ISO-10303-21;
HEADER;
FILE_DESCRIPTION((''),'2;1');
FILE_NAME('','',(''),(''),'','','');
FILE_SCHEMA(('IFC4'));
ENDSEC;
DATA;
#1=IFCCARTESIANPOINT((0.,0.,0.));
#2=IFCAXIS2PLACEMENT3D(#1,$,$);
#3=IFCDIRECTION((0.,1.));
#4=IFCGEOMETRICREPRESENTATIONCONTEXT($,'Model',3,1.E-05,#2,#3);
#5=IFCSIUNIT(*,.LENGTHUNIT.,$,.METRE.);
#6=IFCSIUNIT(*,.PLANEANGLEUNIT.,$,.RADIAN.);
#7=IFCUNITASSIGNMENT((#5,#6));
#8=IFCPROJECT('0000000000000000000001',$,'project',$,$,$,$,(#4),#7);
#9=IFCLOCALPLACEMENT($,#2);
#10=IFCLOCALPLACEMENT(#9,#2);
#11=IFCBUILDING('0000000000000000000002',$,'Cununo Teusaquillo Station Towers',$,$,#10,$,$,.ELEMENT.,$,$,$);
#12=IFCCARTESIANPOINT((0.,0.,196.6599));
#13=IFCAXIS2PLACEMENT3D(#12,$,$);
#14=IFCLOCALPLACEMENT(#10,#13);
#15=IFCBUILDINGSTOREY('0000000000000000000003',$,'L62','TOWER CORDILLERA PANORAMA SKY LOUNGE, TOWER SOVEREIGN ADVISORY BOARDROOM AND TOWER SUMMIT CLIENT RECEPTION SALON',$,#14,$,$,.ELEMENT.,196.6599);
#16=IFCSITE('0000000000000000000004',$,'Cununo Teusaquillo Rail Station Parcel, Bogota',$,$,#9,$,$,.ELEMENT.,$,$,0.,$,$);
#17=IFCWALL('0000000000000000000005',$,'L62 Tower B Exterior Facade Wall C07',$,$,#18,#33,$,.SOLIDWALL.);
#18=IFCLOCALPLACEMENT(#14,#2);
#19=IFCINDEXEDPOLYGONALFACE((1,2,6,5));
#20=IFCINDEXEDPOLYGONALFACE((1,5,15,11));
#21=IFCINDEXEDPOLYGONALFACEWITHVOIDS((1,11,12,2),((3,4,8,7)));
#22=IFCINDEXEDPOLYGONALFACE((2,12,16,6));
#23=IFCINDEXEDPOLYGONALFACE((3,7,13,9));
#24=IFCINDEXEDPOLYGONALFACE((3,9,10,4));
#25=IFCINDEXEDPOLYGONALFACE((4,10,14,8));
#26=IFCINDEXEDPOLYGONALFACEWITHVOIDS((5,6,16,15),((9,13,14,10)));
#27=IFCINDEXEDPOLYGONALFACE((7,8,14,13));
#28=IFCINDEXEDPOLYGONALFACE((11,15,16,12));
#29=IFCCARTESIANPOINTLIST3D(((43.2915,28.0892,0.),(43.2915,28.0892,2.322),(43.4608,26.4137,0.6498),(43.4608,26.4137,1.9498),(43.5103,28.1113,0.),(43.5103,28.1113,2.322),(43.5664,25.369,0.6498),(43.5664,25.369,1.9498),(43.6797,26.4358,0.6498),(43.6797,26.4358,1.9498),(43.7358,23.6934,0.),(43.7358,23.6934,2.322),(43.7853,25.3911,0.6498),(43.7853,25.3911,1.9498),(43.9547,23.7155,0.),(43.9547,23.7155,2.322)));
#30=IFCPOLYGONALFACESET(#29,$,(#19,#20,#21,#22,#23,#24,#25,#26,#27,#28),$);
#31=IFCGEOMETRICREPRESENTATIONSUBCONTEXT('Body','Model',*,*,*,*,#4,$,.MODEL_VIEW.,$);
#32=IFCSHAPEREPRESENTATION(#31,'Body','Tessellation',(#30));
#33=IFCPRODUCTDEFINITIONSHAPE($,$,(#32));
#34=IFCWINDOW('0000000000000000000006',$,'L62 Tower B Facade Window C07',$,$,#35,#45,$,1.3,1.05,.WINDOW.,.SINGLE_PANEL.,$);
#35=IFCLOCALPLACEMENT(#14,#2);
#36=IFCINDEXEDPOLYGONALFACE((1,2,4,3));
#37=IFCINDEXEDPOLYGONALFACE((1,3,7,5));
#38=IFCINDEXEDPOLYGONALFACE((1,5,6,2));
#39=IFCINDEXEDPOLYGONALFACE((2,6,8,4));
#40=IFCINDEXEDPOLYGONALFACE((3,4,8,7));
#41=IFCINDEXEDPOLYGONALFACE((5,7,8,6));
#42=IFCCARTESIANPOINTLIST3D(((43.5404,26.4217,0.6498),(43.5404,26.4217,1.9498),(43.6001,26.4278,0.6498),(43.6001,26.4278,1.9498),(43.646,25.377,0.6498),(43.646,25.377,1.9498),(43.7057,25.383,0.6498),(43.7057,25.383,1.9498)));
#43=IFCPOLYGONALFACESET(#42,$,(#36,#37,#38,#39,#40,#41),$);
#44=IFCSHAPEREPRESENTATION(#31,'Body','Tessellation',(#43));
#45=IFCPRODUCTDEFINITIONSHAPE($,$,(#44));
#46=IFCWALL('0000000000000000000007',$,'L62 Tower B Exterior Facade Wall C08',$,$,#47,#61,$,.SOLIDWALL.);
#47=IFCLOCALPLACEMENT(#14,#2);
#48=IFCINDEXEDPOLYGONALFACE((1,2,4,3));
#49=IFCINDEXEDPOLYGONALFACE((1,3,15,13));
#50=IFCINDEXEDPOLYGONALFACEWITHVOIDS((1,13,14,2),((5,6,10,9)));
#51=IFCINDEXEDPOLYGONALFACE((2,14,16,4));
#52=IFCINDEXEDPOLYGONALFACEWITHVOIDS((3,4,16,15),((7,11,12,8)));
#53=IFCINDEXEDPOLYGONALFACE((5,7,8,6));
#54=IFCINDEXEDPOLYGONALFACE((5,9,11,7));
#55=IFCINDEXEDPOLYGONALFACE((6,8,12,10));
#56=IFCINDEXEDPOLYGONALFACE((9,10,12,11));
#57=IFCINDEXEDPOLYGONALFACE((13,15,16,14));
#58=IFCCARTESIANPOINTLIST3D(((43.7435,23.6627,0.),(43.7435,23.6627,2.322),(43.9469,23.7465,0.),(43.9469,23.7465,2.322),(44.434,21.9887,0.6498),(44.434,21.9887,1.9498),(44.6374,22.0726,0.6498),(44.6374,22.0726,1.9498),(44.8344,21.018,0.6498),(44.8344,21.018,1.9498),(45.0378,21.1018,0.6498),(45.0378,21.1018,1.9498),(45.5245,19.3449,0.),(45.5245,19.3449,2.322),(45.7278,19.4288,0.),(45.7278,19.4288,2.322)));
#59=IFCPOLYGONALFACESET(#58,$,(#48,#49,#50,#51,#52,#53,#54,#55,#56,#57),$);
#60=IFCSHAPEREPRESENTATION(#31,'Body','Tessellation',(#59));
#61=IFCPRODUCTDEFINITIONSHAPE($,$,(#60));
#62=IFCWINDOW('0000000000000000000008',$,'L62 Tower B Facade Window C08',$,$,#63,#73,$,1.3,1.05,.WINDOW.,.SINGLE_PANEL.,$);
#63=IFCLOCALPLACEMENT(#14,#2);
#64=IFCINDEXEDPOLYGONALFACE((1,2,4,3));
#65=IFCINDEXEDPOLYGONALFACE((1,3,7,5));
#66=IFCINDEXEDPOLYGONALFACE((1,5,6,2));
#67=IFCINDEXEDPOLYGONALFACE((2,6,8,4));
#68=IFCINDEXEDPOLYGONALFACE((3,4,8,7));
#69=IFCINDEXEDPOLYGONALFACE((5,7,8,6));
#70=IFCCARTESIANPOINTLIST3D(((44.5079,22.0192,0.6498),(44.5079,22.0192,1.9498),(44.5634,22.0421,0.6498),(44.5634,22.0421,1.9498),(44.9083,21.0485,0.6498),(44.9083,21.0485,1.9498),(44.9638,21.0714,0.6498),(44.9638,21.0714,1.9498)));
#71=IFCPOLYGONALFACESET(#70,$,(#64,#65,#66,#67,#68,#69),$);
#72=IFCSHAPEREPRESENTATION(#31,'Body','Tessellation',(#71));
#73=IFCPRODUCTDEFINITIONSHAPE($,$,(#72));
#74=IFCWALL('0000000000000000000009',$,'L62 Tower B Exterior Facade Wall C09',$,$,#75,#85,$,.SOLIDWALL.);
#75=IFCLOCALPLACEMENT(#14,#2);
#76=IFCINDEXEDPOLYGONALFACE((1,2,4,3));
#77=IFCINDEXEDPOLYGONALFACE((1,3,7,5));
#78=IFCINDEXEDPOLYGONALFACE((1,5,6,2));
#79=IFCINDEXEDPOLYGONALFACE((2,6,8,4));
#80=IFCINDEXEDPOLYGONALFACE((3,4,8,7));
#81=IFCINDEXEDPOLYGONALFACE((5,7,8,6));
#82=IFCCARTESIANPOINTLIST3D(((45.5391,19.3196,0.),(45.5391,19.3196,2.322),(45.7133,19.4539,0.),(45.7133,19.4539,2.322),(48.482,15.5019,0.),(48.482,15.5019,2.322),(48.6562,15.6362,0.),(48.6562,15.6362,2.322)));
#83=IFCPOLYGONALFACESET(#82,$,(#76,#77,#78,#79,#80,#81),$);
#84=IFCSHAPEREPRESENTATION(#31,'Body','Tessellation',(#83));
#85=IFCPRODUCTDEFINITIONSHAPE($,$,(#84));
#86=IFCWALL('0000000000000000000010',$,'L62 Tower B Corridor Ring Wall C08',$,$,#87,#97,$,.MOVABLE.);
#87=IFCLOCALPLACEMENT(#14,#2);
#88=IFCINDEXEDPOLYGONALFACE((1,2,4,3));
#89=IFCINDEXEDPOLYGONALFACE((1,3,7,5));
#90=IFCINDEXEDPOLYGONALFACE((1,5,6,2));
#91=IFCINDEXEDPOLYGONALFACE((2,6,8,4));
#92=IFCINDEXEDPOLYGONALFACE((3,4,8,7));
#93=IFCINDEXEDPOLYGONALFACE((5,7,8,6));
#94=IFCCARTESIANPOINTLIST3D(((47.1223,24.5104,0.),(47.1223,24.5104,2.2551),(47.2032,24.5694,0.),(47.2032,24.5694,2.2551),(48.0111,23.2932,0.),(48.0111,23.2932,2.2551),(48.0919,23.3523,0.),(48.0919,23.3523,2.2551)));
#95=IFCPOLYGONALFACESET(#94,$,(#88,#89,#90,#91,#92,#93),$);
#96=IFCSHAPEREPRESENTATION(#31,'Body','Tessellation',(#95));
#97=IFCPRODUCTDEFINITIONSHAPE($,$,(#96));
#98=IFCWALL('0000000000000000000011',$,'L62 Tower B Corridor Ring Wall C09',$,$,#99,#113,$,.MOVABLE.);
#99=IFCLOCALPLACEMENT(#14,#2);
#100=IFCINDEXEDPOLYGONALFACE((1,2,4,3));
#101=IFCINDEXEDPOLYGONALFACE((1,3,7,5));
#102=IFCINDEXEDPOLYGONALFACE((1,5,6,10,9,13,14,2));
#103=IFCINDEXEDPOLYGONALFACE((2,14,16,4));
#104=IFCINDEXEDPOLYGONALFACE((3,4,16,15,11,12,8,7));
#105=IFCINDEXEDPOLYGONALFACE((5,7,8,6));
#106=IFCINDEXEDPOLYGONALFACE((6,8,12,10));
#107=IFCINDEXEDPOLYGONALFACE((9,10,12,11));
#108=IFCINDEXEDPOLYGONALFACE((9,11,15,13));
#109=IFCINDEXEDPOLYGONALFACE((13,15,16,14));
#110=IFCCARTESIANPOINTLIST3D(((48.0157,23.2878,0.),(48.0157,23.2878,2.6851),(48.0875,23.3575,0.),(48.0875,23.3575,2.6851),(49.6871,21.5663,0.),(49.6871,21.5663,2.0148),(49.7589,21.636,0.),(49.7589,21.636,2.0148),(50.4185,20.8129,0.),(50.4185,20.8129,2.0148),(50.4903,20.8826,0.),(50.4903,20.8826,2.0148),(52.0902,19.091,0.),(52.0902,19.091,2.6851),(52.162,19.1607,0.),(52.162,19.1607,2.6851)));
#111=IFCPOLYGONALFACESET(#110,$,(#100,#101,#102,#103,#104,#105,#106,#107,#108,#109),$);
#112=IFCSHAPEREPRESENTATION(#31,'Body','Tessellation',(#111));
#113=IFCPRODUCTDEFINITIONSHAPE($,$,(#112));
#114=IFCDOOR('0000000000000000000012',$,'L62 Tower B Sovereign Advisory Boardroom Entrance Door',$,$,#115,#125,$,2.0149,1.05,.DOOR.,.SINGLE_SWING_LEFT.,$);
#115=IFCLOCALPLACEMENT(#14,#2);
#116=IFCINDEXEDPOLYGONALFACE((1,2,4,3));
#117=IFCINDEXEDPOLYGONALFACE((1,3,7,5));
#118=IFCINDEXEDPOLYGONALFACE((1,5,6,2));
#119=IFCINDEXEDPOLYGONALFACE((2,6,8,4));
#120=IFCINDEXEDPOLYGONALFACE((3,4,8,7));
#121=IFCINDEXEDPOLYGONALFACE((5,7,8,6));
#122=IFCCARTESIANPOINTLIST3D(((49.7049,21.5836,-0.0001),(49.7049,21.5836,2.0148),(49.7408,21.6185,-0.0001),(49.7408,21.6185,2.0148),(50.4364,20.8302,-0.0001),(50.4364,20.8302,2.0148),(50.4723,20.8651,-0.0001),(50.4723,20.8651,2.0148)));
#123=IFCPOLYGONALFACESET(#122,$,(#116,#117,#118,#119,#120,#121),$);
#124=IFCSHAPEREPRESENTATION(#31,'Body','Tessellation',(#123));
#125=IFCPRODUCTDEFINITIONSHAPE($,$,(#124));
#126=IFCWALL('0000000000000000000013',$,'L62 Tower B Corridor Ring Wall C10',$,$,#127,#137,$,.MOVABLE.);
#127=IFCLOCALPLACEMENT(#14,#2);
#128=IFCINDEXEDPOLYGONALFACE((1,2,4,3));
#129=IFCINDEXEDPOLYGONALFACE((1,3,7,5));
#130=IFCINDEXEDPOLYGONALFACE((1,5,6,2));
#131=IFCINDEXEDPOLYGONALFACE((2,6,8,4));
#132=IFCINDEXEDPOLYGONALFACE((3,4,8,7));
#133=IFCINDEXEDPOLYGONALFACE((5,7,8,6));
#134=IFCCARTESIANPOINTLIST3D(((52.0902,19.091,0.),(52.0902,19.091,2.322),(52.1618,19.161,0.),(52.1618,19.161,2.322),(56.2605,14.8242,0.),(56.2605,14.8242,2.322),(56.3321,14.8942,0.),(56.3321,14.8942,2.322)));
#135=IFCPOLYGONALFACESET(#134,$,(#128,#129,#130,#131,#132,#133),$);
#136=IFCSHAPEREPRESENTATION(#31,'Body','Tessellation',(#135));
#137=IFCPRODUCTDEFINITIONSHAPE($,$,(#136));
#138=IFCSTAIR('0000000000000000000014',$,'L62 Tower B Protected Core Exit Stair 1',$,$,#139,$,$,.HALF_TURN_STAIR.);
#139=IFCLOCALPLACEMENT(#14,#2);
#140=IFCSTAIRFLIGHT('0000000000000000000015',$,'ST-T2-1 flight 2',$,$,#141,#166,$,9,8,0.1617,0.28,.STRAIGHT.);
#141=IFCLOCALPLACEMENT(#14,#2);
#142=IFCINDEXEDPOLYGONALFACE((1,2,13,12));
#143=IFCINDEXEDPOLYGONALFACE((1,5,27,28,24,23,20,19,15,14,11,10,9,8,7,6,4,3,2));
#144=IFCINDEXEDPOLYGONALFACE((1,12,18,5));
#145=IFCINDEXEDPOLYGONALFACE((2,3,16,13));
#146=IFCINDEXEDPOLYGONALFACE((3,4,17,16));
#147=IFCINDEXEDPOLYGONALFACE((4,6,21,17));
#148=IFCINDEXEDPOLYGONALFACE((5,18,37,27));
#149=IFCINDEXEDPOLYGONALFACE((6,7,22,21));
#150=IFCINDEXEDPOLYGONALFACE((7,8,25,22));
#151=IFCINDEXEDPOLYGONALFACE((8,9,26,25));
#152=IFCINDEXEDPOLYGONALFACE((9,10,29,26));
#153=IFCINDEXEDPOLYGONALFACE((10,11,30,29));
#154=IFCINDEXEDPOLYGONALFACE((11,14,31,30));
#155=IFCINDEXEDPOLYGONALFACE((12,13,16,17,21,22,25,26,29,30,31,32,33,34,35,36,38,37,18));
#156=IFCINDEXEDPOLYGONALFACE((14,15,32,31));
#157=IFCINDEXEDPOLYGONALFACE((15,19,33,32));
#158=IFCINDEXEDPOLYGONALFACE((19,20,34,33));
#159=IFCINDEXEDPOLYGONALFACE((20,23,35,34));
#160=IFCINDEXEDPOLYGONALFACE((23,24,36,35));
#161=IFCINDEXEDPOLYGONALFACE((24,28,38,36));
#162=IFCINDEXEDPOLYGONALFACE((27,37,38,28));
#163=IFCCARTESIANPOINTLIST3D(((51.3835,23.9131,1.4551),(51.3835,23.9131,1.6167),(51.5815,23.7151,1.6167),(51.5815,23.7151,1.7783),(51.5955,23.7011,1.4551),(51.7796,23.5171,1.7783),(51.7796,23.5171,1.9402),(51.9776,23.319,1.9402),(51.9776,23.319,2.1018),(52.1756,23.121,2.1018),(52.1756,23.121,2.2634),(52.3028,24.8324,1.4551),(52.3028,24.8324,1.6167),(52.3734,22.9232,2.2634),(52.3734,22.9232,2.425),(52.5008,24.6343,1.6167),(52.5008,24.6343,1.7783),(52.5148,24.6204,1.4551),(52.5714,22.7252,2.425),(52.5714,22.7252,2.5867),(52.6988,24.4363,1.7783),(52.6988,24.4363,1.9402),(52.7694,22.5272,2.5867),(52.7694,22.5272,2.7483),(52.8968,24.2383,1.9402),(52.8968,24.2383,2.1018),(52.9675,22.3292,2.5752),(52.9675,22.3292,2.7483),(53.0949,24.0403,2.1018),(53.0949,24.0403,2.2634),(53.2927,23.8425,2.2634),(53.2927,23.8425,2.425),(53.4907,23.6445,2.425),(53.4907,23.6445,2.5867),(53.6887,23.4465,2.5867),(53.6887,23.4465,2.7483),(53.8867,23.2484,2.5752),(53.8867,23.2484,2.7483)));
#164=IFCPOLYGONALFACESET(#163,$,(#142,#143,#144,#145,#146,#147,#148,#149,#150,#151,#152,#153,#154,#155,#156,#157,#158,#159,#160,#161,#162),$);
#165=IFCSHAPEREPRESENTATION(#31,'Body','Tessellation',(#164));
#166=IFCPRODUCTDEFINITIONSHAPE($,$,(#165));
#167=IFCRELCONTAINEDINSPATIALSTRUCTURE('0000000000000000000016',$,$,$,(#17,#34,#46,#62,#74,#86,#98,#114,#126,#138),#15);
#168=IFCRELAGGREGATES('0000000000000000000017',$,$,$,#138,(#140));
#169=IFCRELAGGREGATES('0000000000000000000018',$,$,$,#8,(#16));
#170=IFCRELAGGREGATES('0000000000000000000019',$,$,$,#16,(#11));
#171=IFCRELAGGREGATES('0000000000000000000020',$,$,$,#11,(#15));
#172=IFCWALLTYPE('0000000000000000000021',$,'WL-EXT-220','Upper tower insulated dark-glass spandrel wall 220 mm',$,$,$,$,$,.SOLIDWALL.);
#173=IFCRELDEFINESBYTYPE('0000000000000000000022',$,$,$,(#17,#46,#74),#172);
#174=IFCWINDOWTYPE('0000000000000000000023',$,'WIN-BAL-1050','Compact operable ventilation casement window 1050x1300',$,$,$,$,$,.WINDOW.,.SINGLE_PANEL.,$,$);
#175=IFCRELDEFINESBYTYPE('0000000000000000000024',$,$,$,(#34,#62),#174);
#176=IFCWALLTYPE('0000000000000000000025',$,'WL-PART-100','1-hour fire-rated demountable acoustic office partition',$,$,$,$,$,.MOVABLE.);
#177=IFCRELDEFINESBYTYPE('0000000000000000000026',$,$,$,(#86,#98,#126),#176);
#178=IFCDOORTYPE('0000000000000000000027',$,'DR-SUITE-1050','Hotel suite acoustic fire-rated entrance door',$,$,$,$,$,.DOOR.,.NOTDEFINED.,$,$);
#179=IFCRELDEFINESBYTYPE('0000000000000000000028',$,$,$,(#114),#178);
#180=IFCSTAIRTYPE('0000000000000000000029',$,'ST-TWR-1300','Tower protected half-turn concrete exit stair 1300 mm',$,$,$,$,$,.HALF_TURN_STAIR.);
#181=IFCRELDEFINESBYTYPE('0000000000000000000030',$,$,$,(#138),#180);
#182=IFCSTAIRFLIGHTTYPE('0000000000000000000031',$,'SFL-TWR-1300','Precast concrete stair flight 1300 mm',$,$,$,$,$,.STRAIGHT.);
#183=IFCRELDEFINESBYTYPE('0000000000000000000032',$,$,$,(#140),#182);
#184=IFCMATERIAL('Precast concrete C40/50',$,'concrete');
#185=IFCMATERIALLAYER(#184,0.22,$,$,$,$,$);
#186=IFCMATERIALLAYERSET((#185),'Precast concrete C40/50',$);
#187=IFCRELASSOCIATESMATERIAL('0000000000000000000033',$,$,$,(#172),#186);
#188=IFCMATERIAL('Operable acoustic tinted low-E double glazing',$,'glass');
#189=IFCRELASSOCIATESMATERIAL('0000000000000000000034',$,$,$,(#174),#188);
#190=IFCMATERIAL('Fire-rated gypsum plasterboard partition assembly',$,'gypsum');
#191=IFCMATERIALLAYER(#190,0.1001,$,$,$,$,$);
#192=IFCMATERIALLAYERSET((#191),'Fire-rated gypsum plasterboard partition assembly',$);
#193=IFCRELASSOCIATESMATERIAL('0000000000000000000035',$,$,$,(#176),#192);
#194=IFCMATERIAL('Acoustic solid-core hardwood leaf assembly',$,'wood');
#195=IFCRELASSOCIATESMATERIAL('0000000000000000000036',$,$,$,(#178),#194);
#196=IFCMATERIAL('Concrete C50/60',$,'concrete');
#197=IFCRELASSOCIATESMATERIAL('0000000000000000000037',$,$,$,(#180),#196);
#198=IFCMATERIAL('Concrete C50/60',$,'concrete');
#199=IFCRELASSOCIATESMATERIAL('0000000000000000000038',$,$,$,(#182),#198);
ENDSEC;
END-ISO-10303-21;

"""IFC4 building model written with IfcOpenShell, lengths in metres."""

from ifc_helpers import new_model, si_unit, direction, frame, frame_2d, origin, place, context, subcontext, project, spatial, polyline, rectangle, outline, extrude, source, transform, mapped, material, layer, layer_set, type_object, element, fill, aggregate, save


model = new_model("IFC4")

# Units and contexts
model_context = context("Model", 3, precision=1e-05, world=origin(), true_north=direction((0.0, 1.0)))
body_context = subcontext(model_context, "Body", "Model", "MODEL_VIEW")
ifc_project = project(units=[si_unit("LENGTHUNIT", "METRE"), si_unit("PLANEANGLEUNIT", "RADIAN")], contexts=[model_context])

# Site, building, storey
site_placement = place(None, origin())
site = spatial("IfcSite", under=ifc_project, at=site_placement, Name="Cununo Teusaquillo Rail Station Parcel, Bogota", CompositionType="ELEMENT", RefElevation=0.0)
building_placement = place(site_placement, origin())
building = spatial("IfcBuilding", under=site, at=building_placement, Name="Cununo Teusaquillo Station Towers", CompositionType="ELEMENT")
storey_placement = place(building_placement, frame((0.0, 0.0, 196.6599)))
storey = spatial("IfcBuildingStorey", under=building, at=storey_placement, Name="L62", Description="TOWER CORDILLERA PANORAMA SKY LOUNGE, TOWER SOVEREIGN ADVISORY BOARDROOM AND TOWER SUMMIT CLIENT RECEPTION SALON", CompositionType="ELEMENT", Elevation=196.6599)

# Shared definitions
ifc_material_1 = material(Name="Precast concrete C40/50", Category="concrete")
ifc_layer_1 = layer(ifc_material_1, 0.22)
ifc_layer_set_1 = layer_set([ifc_layer_1], Name="Precast concrete C40/50")
wall_type_1 = type_object("IfcWallType", Name="WL-EXT-220", Description="Upper tower insulated dark-glass spandrel wall 220 mm", PredefinedType="SOLIDWALL", material=ifc_layer_set_1)

# Walls, openings, windows
shared_shape_1 = source(origin(), body_context, "Body", "SweptSolid", [
    extrude(rectangle(XDim=1.05, YDim=1.3, at=frame_2d((0.5249, 0.6499))), frame((0.0, 0.1199, 0.0), z_axis=(0.0, -1.0, 0.0), x_axis=(1.0, 0.0, 0.0)), (0.0, 0.0, 1.0), 0.24),
])
ifc_material_2 = material(Name="Operable acoustic tinted low-E double glazing", Category="glass")
window_type = type_object("IfcWindowType", Name="WIN-BAL-1050", Description="Compact operable ventilation casement window 1050x1300", PartitioningType="SINGLE_PANEL", PredefinedType="WINDOW", material=ifc_material_2)
shared_shape_2 = source(origin(), body_context, "Body", "SweptSolid", [
    extrude(rectangle(XDim=1.05, YDim=1.3, at=frame_2d((0.5249, 0.6499))), frame((0.0, 0.03, 0.0), z_axis=(0.0, -1.0, 0.0), x_axis=(1.0, 0.0, 0.0)), (0.0, 0.0, 1.0), 0.0601),
])
wall_1_placement = place(storey_placement, frame((43.8452, 23.7046, 0.0), z_axis=(0.0, 0.0, 1.0), x_axis=(-0.100571, 0.99493, 0.0)))
wall_1 = element("IfcWall", 1, at=wall_1_placement, inside=storey, type_object=wall_type_1, Name="L62 Tower B Exterior Facade Wall C07", PredefinedType="SOLIDWALL", context=body_context, shape_type="SweptSolid", body=[
    extrude(rectangle(XDim=4.4182, YDim=0.22, at=frame_2d((2.209, 0.0))), origin(), (0.0, 0.0, 1.0), 2.322),
])
opening_1_placement = place(wall_1_placement, frame((1.6841, 0.0, 0.6499)))
opening_1 = element("IfcOpeningElement", 2, at=opening_1_placement, cuts=wall_1, PredefinedType="OPENING", context=body_context, shape_type="MappedRepresentation", body=[
    mapped(shared_shape_1, transform((0.0, 0.0, 0.0), x_axis=(1.0, 0.0, 0.0), y_axis=(0.0, 1.0, 0.0), z_axis=(0.0, 0.0, 1.0), scale=1.0)),
])
window_1_placement = place(opening_1_placement, origin())
window_1 = element("IfcWindow", 3, at=window_1_placement, inside=storey, type_object=window_type, Name="L62 Tower B Facade Window C07", OverallHeight=1.3, OverallWidth=1.05, PartitioningType="SINGLE_PANEL", PredefinedType="WINDOW", context=body_context, shape_type="MappedRepresentation", body=[
    mapped(shared_shape_2, transform((0.0, 0.0, 0.0), x_axis=(1.0, 0.0, 0.0), y_axis=(0.0, 1.0, 0.0), z_axis=(0.0, 0.0, 1.0), scale=1.0)),
])
fill(opening_1, window_1)
wall_2_placement = place(storey_placement, frame((45.6262, 19.3867, 0.0), z_axis=(0.0, 0.0, 1.0), x_axis=(-0.38131, 0.924447, 0.0)))
wall_2 = element("IfcWall", 4, at=wall_2_placement, inside=storey, type_object=wall_type_1, Name="L62 Tower B Exterior Facade Wall C08", PredefinedType="SOLIDWALL", context=body_context, shape_type="SweptSolid", body=[
    extrude(rectangle(XDim=4.6707, YDim=0.22, at=frame_2d((2.3354, 0.0))), origin(), (0.0, 0.0, 1.0), 2.322),
])
opening_2_placement = place(wall_2_placement, frame((1.8101, 0.0, 0.6499)))
opening_2 = element("IfcOpeningElement", 5, at=opening_2_placement, cuts=wall_2, PredefinedType="OPENING", context=body_context, shape_type="MappedRepresentation", body=[
    mapped(shared_shape_1, transform((0.0, 0.0, 0.0), x_axis=(1.0, 0.0, 0.0), y_axis=(0.0, 1.0, 0.0), z_axis=(0.0, 0.0, 1.0), scale=1.0)),
])
window_2_placement = place(opening_2_placement, origin())
window_2 = element("IfcWindow", 6, at=window_2_placement, inside=storey, type_object=window_type, Name="L62 Tower B Facade Window C08", OverallHeight=1.3, OverallWidth=1.05, PartitioningType="SINGLE_PANEL", PredefinedType="WINDOW", context=body_context, shape_type="MappedRepresentation", body=[
    mapped(shared_shape_2, transform((0.0, 0.0, 0.0), x_axis=(1.0, 0.0, 0.0), y_axis=(0.0, 1.0, 0.0), z_axis=(0.0, 0.0, 1.0), scale=1.0)),
])
fill(opening_2, window_2)

# Walls
wall_3_placement = place(storey_placement, frame((48.5691, 15.5691, 0.0), z_axis=(0.0, 0.0, 1.0), x_axis=(-0.610523, 0.791998, 0.0)))
element("IfcWall", 7, at=wall_3_placement, inside=storey, type_object=wall_type_1, Name="L62 Tower B Exterior Facade Wall C09", PredefinedType="SOLIDWALL", context=body_context, shape_type="SweptSolid", body=[
    extrude(rectangle(XDim=4.8203, YDim=0.22, at=frame_2d((2.4102, 0.0))), origin(), (0.0, 0.0, 1.0), 2.322),
])
ifc_material_3 = material(Name="Fire-rated gypsum plasterboard partition assembly", Category="gypsum")
ifc_layer_2 = layer(ifc_material_3, 0.1001)
ifc_layer_set_2 = layer_set([ifc_layer_2], Name="Fire-rated gypsum plasterboard partition assembly")
wall_type_2 = type_object("IfcWallType", Name="WL-PART-100", Description="1-hour fire-rated demountable acoustic office partition", PredefinedType="MOVABLE", material=ifc_layer_set_2)
wall_4_placement = place(storey_placement, frame((47.1628, 24.5398, 0.0), z_axis=(0.0, 0.0, 1.0), x_axis=(0.589712, -0.807614, 0.0)))
element("IfcWall", 8, at=wall_4_placement, inside=storey, type_object=wall_type_2, Name="L62 Tower B Corridor Ring Wall C08", PredefinedType="MOVABLE", context=body_context, shape_type="SweptSolid", body=[
    extrude(rectangle(XDim=1.5071, YDim=0.1001, at=frame_2d((0.7534, 0.0))), origin(), (0.0, 0.0, 1.0), 2.2551),
])

# Wall, opening, door
wall_5_placement = place(storey_placement, frame((48.0515, 23.3228, 0.0), z_axis=(0.0, 0.0, 1.0), x_axis=(0.696574, -0.717485, 0.0)))
wall_5 = element("IfcWall", 9, at=wall_5_placement, inside=storey, type_object=wall_type_2, Name="L62 Tower B Corridor Ring Wall C09", PredefinedType="MOVABLE", context=body_context, shape_type="SweptSolid", body=[
    extrude(rectangle(XDim=5.8494, YDim=0.1001, at=frame_2d((2.9248, 0.0))), origin(), (0.0, 0.0, 1.0), 2.6851),
])
shared_shape_3 = source(origin(), body_context, "Body", "SweptSolid", [
    extrude(rectangle(XDim=1.05, YDim=2.0149, at=frame_2d((0.5249, 1.0073))), frame((0.0, 0.0601, 0.0), z_axis=(0.0, -1.0, 0.0), x_axis=(1.0, 0.0, 0.0)), (0.0, 0.0, 1.0), 0.1201),
])
opening_3_placement = place(wall_5_placement, frame((2.3997, 0.0, 0.0)))
opening_3 = element("IfcOpeningElement", 10, at=opening_3_placement, cuts=wall_5, PredefinedType="OPENING", context=body_context, shape_type="MappedRepresentation", body=[
    mapped(shared_shape_3, transform((0.0, 0.0, 0.0), x_axis=(1.0, 0.0, 0.0), y_axis=(0.0, 1.0, 0.0), z_axis=(0.0, 0.0, 1.0), scale=1.0)),
])
ifc_material_4 = material(Name="Acoustic solid-core hardwood leaf assembly", Category="wood")
door_type_1 = type_object("IfcDoorType", Name="DR-SUITE-1050", Description="Hotel suite acoustic fire-rated entrance door", OperationType="NOTDEFINED", PredefinedType="DOOR", material=ifc_material_4)
shared_shape_4 = source(origin(), body_context, "Body", "SweptSolid", [
    extrude(rectangle(XDim=1.05, YDim=2.0149, at=frame_2d((0.5249, 1.0073))), frame((0.0, 0.0249, 0.0), z_axis=(0.0, -1.0, 0.0), x_axis=(1.0, 0.0, 0.0)), (0.0, 0.0, 1.0), 0.05),
])
door_1_placement = place(opening_3_placement, origin())
door_1 = element("IfcDoor", 11, at=door_1_placement, inside=storey, type_object=door_type_1, Name="L62 Tower B Sovereign Advisory Boardroom Entrance Door", OperationType="SINGLE_SWING_LEFT", OverallHeight=2.0149, OverallWidth=1.05, PredefinedType="DOOR", context=body_context, shape_type="MappedRepresentation", body=[
    mapped(shared_shape_4, transform((0.0, 0.0, 0.0), x_axis=(1.0, 0.0, 0.0), y_axis=(0.0, 1.0, 0.0), z_axis=(0.0, 0.0, 1.0), scale=1.0)),
])
fill(opening_3, door_1)

# Wall
wall_6_placement = place(storey_placement, frame((52.126, 19.126, 0.0), z_axis=(0.0, 0.0, 1.0), x_axis=(0.698979, -0.715142, 0.0)))
element("IfcWall", 12, at=wall_6_placement, inside=storey, type_object=wall_type_2, Name="L62 Tower B Corridor Ring Wall C10", PredefinedType="MOVABLE", context=body_context, shape_type="SweptSolid", body=[
    extrude(rectangle(XDim=5.9663, YDim=0.1001, at=frame_2d((2.9832, 0.0))), origin(), (0.0, 0.0, 1.0), 2.322),
])

# Stair, stair flight
ifc_material_5 = material(Name="Concrete C50/60", Category="concrete")
stair_type = type_object("IfcStairType", Name="ST-TWR-1300", Description="Tower protected half-turn concrete exit stair 1300 mm", PredefinedType="HALF_TURN_STAIR", material=ifc_material_5)
stair_placement = place(storey_placement, origin())
stair = element("IfcStair", 13, at=stair_placement, inside=storey, type_object=stair_type, Name="L62 Tower B Protected Core Exit Stair 1", PredefinedType="HALF_TURN_STAIR")
ifc_material_6 = material(Name="Concrete C50/60", Category="concrete")
stair_flight_type = type_object("IfcStairFlightType", Name="SFL-TWR-1300", Description="Precast concrete stair flight 1300 mm", PredefinedType="STRAIGHT", material=ifc_material_6)
stair_flight_placement = place(storey_placement, frame((51.8433, 24.3728, 1.4551), z_axis=(0.0, 0.0, 1.0), x_axis=(0.707107, -0.707107, 0.0)))
stair_flight = element("IfcStairFlight", 14, at=stair_flight_placement, type_object=stair_flight_type, Name="ST-T2-1 flight 2", NumberOfRisers=9, NumberOfTreads=8, PredefinedType="STRAIGHT", RiserHeight=0.1617, TreadLength=0.28, context=body_context, shape_type="SweptSolid", body=[
    extrude(outline(polyline([(0.0, 0.0), (0.0, 0.1616), (0.28, 0.1616), (0.28, 0.3232), (0.5601, 0.3232), (0.5601, 0.4851), (0.8401, 0.4851), (0.8401, 0.6467), (1.1201, 0.6467), (1.1201, 0.8083), (1.3999, 0.8083), (1.3999, 0.97), (1.6799, 0.97), (1.6799, 1.1316), (1.96, 1.1316), (1.96, 1.2932), (2.24, 1.2932), (2.24, 1.4551), (2.24, 1.1201), (0.2998, 0.0), (0.0, 0.0)])), frame((0.0, 0.6499, 0.0), z_axis=(0.0, -1.0, 0.0), x_axis=(1.0, 0.0, 0.0)), (0.0, 0.0, 1.0), 1.3),
])
aggregate(stair, [stair_flight])

save(model, "model.ifc")
